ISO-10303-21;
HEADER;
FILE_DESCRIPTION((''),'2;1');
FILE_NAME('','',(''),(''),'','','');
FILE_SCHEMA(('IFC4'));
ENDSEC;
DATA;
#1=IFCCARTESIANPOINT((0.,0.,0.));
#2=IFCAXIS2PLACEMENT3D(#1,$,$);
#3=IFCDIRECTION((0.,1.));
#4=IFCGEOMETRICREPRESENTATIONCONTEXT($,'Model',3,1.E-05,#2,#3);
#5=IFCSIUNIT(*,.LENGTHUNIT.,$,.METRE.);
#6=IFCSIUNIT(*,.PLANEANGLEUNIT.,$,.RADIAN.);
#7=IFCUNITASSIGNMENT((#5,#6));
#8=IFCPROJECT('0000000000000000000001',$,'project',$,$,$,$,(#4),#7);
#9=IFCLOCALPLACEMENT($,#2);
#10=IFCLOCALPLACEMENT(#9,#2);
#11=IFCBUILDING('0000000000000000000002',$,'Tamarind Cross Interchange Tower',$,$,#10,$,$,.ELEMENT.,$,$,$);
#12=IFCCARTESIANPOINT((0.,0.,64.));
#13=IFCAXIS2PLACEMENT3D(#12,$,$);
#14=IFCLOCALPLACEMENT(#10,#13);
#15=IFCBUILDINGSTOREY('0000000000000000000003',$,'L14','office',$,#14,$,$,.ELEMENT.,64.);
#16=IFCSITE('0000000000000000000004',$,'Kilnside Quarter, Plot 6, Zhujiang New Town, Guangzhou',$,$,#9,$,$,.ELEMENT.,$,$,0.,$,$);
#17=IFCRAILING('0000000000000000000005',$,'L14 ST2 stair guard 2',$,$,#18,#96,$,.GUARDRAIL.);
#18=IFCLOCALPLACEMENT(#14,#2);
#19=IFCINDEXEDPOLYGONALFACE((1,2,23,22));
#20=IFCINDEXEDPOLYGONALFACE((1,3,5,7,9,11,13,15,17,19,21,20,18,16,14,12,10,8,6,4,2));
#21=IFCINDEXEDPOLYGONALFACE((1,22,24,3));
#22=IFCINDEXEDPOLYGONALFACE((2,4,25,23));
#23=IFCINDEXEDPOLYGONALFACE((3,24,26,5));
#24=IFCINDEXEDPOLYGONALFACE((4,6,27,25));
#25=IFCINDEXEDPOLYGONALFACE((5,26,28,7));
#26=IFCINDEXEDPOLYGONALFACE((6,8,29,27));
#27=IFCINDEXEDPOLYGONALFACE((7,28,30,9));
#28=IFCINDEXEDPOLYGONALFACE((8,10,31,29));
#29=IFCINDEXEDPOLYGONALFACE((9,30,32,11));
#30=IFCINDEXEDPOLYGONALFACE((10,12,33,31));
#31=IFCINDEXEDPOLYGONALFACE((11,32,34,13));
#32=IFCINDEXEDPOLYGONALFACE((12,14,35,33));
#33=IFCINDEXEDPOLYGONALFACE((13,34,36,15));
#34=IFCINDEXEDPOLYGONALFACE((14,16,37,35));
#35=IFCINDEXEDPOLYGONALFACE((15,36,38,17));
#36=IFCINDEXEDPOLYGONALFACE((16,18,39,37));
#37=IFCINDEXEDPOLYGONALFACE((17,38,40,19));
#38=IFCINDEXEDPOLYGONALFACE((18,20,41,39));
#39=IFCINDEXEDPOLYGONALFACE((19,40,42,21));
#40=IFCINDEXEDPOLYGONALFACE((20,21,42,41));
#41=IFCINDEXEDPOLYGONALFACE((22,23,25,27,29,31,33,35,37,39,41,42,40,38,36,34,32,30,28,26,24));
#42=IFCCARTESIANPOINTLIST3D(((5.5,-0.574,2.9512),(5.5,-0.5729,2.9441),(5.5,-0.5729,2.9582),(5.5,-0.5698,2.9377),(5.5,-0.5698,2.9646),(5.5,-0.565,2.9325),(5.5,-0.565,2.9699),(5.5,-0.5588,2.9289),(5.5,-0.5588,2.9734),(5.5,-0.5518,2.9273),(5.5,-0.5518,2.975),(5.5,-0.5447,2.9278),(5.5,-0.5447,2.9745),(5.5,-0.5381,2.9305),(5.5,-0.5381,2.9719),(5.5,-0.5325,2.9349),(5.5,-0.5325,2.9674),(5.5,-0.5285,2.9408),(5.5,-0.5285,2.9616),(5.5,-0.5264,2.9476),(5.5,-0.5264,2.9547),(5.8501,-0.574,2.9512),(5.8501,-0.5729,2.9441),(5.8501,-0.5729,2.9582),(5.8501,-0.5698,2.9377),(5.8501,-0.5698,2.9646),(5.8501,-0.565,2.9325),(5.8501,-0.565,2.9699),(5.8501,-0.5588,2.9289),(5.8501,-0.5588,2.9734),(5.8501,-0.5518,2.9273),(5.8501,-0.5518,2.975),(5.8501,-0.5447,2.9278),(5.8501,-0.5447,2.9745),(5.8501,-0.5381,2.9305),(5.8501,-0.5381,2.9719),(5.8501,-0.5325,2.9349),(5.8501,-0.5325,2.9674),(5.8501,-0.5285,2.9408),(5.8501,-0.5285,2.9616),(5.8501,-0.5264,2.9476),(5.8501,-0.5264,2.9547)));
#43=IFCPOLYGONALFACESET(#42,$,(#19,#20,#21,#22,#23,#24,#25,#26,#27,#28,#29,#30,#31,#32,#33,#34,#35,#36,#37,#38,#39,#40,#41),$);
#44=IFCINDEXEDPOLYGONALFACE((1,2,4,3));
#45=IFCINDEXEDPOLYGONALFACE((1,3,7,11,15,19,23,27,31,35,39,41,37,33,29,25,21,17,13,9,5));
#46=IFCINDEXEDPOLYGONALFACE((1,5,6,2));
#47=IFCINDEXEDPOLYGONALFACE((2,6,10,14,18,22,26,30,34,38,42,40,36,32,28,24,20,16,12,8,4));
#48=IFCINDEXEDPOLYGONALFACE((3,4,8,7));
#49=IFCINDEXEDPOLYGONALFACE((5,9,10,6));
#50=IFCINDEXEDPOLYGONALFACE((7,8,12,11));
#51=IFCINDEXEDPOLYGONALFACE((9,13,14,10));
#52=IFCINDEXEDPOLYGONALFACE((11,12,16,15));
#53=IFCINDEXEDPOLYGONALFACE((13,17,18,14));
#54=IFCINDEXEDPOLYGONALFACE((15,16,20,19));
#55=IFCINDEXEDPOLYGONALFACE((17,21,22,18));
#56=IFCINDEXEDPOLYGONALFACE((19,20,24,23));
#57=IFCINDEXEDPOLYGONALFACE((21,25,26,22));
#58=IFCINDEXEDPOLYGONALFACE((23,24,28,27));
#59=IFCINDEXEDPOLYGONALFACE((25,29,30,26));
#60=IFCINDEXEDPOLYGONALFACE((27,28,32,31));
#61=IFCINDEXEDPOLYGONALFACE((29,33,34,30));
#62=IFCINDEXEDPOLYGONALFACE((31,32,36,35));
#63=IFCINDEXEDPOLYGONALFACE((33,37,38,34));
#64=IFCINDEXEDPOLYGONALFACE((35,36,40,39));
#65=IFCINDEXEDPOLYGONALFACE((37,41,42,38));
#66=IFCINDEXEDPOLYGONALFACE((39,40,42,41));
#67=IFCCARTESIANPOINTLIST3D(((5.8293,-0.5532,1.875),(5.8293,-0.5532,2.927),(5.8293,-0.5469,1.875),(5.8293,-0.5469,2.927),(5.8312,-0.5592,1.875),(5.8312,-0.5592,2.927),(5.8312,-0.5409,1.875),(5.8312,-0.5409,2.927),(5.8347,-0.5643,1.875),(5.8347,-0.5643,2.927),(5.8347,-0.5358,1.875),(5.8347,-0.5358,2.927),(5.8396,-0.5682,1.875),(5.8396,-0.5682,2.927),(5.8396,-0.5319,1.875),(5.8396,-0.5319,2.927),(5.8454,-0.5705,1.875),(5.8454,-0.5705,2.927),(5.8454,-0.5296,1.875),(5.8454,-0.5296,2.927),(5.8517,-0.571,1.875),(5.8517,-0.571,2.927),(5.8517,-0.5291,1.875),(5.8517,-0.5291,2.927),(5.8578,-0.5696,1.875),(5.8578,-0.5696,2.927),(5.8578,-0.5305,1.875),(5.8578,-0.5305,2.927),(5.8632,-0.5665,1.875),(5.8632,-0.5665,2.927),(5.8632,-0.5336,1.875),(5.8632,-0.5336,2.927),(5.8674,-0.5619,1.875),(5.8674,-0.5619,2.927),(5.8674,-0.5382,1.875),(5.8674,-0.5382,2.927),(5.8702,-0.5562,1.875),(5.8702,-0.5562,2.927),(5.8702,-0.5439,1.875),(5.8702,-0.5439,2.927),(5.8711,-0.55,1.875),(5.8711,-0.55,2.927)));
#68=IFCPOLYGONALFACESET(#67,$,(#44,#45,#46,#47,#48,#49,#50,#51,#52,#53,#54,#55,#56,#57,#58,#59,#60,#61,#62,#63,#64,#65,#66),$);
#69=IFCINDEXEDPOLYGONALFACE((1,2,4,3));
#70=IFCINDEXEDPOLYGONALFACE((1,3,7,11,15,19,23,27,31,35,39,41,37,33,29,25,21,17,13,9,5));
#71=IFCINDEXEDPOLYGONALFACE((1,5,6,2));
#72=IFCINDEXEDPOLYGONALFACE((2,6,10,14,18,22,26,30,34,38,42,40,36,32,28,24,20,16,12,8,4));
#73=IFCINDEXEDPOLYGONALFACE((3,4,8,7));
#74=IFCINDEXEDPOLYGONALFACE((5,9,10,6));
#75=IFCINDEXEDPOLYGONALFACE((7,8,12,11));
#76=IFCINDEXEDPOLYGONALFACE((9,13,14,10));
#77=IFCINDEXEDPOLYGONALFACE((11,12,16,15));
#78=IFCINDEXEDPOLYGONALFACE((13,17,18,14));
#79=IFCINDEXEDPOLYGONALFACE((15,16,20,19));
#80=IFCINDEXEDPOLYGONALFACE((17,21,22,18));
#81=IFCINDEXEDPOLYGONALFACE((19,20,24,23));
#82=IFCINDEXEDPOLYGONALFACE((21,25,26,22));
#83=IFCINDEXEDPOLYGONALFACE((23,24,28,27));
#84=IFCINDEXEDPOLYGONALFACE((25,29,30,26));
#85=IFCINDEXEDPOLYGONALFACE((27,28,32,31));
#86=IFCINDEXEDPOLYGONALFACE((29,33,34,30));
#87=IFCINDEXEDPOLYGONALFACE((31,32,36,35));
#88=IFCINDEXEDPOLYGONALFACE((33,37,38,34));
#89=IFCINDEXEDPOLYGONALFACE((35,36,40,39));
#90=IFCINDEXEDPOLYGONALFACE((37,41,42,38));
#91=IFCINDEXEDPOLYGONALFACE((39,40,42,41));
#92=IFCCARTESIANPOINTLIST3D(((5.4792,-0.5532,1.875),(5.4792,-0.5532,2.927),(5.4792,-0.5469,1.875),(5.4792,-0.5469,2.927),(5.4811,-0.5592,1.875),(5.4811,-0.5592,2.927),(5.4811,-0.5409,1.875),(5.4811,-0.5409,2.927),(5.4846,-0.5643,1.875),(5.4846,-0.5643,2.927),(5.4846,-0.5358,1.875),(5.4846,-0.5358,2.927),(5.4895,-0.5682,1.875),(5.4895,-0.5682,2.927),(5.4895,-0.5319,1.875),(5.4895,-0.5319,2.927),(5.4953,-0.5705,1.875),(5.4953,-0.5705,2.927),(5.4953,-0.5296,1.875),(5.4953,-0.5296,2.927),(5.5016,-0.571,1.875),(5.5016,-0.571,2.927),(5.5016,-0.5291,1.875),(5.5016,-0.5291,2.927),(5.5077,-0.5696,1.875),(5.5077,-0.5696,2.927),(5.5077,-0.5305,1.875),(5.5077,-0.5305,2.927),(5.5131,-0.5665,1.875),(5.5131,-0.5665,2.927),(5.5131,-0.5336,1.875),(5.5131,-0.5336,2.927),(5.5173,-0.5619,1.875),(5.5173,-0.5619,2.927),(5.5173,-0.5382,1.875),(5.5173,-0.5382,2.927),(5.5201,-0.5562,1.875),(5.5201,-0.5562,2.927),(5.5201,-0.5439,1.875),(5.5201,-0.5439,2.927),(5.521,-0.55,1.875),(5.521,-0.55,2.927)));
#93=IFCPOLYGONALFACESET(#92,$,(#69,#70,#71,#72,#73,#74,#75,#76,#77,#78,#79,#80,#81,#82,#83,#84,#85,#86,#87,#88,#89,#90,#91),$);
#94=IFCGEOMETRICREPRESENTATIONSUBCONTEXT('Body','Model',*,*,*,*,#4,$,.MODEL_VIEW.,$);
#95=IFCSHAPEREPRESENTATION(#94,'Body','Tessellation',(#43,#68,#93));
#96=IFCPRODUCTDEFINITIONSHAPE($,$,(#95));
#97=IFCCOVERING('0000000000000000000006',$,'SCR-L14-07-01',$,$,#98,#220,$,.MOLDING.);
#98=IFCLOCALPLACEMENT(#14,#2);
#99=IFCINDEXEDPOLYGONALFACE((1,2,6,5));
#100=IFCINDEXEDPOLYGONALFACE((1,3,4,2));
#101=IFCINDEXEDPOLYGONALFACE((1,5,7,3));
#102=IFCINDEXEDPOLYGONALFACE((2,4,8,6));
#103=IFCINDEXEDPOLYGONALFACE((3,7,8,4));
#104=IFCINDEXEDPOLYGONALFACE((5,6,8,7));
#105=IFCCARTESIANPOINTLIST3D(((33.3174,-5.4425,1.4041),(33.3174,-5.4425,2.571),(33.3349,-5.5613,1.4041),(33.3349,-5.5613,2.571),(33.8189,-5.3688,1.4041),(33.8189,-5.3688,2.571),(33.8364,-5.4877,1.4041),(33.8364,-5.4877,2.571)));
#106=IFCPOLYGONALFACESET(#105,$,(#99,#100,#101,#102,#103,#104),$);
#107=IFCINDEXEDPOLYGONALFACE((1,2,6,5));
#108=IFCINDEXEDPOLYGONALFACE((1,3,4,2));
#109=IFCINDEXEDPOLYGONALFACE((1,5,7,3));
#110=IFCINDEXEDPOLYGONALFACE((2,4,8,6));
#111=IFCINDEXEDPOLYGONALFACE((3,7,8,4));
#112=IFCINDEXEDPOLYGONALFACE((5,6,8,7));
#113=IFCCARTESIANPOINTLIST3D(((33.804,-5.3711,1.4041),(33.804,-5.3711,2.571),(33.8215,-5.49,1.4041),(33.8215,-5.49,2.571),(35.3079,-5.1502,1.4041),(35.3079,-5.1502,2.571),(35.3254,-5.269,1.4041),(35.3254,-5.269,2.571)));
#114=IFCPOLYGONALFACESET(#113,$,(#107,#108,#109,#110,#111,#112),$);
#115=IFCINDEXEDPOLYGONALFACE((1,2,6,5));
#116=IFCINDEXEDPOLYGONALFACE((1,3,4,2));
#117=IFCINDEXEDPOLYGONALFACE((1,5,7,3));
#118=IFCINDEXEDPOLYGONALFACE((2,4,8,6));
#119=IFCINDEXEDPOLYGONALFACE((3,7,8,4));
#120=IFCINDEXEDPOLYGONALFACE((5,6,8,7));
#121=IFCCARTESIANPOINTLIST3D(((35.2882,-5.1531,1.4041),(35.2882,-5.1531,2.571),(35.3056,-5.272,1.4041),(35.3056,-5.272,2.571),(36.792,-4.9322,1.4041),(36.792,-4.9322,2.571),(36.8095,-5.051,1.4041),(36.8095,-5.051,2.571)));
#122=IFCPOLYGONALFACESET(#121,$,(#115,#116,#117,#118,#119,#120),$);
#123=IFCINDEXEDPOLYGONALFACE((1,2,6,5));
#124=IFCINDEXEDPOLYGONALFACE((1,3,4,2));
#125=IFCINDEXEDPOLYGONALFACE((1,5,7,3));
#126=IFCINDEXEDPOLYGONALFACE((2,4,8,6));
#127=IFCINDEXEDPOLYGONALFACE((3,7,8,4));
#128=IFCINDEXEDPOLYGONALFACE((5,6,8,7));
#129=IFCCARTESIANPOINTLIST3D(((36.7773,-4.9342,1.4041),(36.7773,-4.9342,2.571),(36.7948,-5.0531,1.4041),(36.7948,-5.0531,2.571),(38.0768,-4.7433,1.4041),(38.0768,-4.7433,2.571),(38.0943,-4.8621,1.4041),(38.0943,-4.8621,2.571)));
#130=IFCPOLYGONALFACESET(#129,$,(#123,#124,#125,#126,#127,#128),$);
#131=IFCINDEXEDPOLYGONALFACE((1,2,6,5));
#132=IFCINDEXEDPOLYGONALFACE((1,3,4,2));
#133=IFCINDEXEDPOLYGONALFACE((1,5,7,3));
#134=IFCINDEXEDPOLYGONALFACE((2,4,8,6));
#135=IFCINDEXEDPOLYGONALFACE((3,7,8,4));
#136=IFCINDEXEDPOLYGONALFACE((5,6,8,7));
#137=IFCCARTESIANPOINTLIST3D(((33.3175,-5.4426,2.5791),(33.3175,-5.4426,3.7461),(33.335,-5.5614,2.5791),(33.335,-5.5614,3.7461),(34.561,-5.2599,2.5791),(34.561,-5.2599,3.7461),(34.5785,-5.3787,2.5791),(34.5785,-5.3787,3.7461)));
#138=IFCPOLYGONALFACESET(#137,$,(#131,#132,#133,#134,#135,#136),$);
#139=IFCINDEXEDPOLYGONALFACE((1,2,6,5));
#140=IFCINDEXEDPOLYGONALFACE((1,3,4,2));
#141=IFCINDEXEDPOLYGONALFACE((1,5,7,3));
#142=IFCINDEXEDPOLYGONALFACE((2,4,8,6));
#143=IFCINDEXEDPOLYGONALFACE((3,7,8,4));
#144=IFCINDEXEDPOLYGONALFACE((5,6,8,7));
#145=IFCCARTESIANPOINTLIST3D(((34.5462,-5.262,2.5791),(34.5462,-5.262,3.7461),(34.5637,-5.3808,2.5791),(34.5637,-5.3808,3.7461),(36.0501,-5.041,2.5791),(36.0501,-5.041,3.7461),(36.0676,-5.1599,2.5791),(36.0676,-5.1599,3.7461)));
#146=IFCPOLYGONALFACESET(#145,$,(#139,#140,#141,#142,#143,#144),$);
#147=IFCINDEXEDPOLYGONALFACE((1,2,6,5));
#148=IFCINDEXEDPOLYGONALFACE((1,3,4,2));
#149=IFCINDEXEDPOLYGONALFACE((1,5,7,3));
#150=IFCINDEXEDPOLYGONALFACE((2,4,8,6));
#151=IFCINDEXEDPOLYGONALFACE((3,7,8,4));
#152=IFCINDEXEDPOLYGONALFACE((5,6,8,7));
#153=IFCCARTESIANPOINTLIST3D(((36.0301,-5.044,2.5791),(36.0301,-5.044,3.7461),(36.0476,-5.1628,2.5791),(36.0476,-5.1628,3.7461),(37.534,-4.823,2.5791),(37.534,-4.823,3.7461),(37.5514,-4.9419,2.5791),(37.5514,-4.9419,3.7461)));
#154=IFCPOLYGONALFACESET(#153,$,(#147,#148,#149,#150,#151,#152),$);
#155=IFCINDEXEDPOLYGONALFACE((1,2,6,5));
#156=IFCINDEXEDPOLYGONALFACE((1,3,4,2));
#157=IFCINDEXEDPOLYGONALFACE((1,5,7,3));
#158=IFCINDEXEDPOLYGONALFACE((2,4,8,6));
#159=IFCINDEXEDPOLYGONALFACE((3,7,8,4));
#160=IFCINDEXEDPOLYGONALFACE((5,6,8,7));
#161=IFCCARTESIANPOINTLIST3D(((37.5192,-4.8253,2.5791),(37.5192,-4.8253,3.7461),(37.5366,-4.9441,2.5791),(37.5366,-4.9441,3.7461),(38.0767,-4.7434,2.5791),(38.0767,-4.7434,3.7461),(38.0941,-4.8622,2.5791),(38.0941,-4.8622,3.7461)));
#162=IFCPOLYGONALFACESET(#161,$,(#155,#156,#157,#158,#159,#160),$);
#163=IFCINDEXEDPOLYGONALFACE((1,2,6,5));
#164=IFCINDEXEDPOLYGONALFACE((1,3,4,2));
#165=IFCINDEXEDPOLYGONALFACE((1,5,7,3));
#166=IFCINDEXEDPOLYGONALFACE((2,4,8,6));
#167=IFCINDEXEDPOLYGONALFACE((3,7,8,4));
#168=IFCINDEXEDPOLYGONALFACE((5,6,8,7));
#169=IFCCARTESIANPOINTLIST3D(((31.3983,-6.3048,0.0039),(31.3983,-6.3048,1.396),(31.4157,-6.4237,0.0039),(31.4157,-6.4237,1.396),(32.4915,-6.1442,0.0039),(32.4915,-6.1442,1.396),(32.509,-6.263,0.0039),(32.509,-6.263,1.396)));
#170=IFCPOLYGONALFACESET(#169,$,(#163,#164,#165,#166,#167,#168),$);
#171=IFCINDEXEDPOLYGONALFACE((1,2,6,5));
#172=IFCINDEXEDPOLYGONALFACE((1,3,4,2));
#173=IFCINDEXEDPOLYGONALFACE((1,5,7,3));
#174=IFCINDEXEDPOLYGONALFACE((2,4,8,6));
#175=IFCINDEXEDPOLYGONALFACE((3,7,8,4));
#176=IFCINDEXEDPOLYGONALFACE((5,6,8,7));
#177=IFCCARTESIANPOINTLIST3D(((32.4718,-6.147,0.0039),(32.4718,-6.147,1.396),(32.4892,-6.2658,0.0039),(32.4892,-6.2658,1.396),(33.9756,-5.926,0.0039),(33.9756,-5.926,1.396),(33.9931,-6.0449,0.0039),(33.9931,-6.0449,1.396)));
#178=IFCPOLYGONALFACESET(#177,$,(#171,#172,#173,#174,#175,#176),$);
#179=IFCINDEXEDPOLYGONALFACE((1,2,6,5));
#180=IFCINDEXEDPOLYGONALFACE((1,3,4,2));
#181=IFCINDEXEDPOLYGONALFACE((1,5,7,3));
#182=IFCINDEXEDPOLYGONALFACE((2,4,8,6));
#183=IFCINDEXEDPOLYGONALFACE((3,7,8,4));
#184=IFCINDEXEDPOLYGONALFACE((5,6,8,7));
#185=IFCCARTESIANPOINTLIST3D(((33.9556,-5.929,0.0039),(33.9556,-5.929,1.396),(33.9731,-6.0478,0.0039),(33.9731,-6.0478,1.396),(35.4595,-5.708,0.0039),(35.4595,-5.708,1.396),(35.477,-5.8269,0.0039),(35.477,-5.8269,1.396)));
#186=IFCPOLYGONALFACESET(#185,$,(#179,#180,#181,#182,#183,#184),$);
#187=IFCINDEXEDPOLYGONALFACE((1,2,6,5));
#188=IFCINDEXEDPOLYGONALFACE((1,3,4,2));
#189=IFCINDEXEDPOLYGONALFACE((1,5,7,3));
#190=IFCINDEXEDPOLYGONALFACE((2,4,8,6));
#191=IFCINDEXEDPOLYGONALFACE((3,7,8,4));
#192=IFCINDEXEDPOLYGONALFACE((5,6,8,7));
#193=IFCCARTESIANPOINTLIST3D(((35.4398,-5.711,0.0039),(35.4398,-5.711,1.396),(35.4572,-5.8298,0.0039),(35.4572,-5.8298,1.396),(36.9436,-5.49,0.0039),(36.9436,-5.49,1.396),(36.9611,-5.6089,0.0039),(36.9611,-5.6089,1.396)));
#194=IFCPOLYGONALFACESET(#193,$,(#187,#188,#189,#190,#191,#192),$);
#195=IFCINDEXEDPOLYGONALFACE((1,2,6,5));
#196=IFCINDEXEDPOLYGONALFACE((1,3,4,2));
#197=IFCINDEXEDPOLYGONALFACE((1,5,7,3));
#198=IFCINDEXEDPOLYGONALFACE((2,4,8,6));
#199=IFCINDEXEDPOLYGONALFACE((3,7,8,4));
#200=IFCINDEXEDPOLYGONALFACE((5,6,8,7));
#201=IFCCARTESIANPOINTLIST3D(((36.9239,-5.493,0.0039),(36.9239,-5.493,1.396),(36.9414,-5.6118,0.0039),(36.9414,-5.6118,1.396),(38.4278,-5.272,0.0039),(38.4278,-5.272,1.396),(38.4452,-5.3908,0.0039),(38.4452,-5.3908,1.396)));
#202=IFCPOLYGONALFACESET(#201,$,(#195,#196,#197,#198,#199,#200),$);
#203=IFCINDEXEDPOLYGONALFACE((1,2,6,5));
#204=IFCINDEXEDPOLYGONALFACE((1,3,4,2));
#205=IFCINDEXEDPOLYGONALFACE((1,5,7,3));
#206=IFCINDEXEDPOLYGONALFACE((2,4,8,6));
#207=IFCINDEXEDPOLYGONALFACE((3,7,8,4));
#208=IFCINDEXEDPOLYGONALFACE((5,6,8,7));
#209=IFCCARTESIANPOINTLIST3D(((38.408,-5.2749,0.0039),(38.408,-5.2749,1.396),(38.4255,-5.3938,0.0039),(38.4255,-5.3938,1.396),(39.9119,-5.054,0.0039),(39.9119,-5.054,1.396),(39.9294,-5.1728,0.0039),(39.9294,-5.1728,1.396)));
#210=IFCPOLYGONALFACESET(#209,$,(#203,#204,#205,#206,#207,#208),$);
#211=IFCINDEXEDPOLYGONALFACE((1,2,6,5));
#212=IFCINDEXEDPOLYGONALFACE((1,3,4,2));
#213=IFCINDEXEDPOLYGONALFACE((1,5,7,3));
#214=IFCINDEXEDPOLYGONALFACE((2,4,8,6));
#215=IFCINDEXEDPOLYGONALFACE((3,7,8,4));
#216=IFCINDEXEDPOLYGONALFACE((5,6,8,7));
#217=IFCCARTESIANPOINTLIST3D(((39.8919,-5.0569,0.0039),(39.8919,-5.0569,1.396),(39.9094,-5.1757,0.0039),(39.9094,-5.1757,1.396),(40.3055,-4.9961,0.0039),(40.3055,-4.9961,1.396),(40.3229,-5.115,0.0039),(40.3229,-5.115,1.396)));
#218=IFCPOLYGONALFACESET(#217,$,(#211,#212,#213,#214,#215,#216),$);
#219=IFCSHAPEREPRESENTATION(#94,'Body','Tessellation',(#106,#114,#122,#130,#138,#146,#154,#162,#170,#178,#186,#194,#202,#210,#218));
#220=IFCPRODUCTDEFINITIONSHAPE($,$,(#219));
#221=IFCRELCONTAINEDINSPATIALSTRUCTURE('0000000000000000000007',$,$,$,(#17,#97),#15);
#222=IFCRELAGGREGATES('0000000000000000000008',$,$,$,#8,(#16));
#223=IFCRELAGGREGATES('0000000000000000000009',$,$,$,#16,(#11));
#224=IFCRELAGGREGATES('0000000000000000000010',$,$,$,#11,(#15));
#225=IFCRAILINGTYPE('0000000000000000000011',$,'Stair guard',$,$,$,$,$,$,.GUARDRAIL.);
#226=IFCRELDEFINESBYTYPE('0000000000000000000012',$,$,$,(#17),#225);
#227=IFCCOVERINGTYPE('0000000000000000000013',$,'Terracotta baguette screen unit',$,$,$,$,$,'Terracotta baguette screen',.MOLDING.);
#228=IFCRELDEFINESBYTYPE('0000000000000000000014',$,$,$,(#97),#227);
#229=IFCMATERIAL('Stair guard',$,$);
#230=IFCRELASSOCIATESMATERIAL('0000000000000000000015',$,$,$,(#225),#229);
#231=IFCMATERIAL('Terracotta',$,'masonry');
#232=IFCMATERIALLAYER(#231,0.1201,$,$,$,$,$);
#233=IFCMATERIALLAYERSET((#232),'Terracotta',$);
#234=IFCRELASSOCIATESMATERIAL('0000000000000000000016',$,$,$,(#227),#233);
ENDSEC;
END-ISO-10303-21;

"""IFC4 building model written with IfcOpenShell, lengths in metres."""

from ifc_helpers import new_model, si_unit, direction, frame, origin, origin_2d, place, context, subcontext, project, spatial, rectangle, circle, extrude, material, layer, layer_set, type_object, element, save


model = new_model("IFC4")

# Units and contexts
model_context = context("Model", 3, precision=1e-05, world=origin(), true_north=direction((0.0, 1.0)))
body_context = subcontext(model_context, "Body", "Model", "MODEL_VIEW")
ifc_project = project(units=[si_unit("LENGTHUNIT", "METRE"), si_unit("PLANEANGLEUNIT", "RADIAN")], contexts=[model_context])

# Site, building, storey
site_placement = place(None, origin())
site = spatial("IfcSite", under=ifc_project, at=site_placement, Name="Kilnside Quarter, Plot 6, Zhujiang New Town, Guangzhou", CompositionType="ELEMENT", RefElevation=0.0)
building_placement = place(site_placement, origin())
building = spatial("IfcBuilding", under=site, at=building_placement, Name="Tamarind Cross Interchange Tower", CompositionType="ELEMENT")
storey_placement = place(building_placement, frame((0.0, 0.0, 64.0)))
storey = spatial("IfcBuildingStorey", under=building, at=storey_placement, Name="L14", Description="office", CompositionType="ELEMENT", Elevation=64.0)

# Railing
ifc_material_1 = material(Name="Stair guard")
railing_type = type_object("IfcRailingType", Name="Stair guard", PredefinedType="GUARDRAIL", material=ifc_material_1)
railing_placement = place(storey_placement, frame((5.8501, -0.55, 1.875)))
element("IfcRailing", 1, at=railing_placement, inside=storey, type_object=railing_type, Name="L14 ST2 stair guard 2", PredefinedType="GUARDRAIL", context=body_context, shape_type="SweptSolid", body=[
    extrude(circle(Radius=0.0239, at=origin_2d()), frame((0.0, 0.0, 1.0762), z_axis=(-1.0, 0.0, 0.0), x_axis=(0.0, -1.0, 0.0)), (0.0, 0.0, 1.0), 0.3501),
    extrude(circle(Radius=0.021, at=origin_2d()), origin(), (0.0, 0.0, 1.0), 1.052),
    extrude(circle(Radius=0.021, at=origin_2d()), frame((-0.3501, 0.0, 0.0)), (0.0, 0.0, 1.0), 1.052),
])

# Covering
ifc_material_2 = material(Name="Terracotta", Category="masonry")
ifc_layer_1 = layer(ifc_material_2, 0.1201)
ifc_layer_set_1 = layer_set([ifc_layer_1], Name="Terracotta")
covering_type = type_object("IfcCoveringType", Name="Terracotta baguette screen unit", ElementType="Terracotta baguette screen", PredefinedType="MOLDING", material=ifc_layer_set_1)
covering_1_placement = place(storey_placement, origin())
element("IfcCovering", 2, at=covering_1_placement, inside=storey, type_object=covering_type, Name="SCR-L14-07-01", PredefinedType="MOLDING", context=body_context, shape_type="SweptSolid", body=[
    extrude(rectangle(XDim=0.5068, YDim=0.1201, at=origin_2d()), frame((33.5769, -5.4651, 1.4041), z_axis=(0.0, 0.0, 1.0), x_axis=(0.989378, 0.145365, 0.0)), (0.0, 0.0, 1.0), 1.167),
    extrude(rectangle(XDim=1.52, YDim=0.1201, at=origin_2d()), frame((34.5647, -5.3201, 1.4041), z_axis=(0.0, 0.0, 1.0), x_axis=(0.989378, 0.145365, 0.0)), (0.0, 0.0, 1.0), 1.167),
    extrude(rectangle(XDim=1.52, YDim=0.1201, at=origin_2d()), frame((36.0488, -5.1021, 1.4041), z_axis=(0.0, 0.0, 1.0), x_axis=(0.989378, 0.145365, 0.0)), (0.0, 0.0, 1.0), 1.167),
    extrude(rectangle(XDim=1.3135, YDim=0.1201, at=origin_2d()), frame((37.4358, -4.8982, 1.4041), z_axis=(0.0, 0.0, 1.0), x_axis=(0.989378, 0.145365, 0.0)), (0.0, 0.0, 1.0), 1.167),
    extrude(rectangle(XDim=1.2568, YDim=0.1201, at=origin_2d()), frame((33.948, -5.4106, 2.5791), z_axis=(0.0, 0.0, 1.0), x_axis=(0.989378, 0.145365, 0.0)), (0.0, 0.0, 1.0), 1.167),
    extrude(rectangle(XDim=1.52, YDim=0.1201, at=origin_2d()), frame((35.3069, -5.2109, 2.5791), z_axis=(0.0, 0.0, 1.0), x_axis=(0.989378, 0.145365, 0.0)), (0.0, 0.0, 1.0), 1.167),
    extrude(rectangle(XDim=1.52, YDim=0.1201, at=origin_2d()), frame((36.7908, -4.9929, 2.5791), z_axis=(0.0, 0.0, 1.0), x_axis=(0.989378, 0.145365, 0.0)), (0.0, 0.0, 1.0), 1.167),
    extrude(rectangle(XDim=0.5635, YDim=0.1201, at=origin_2d()), frame((37.8066, -4.8438, 2.5791), z_axis=(0.0, 0.0, 1.0), x_axis=(0.989378, 0.145365, 0.0)), (0.0, 0.0, 1.0), 1.167),
    extrude(rectangle(XDim=1.105, YDim=0.1201, at=origin_2d()), frame((31.9536, -6.2839, 0.0039), z_axis=(0.0, 0.0, 1.0), x_axis=(0.989378, 0.145365, 0.0)), (0.0, 0.0, 1.0), 1.3921),
    extrude(rectangle(XDim=1.52, YDim=0.1201, at=origin_2d()), frame((33.2324, -6.0959, 0.0039), z_axis=(0.0, 0.0, 1.0), x_axis=(0.989378, 0.145365, 0.0)), (0.0, 0.0, 1.0), 1.3921),
    extrude(rectangle(XDim=1.52, YDim=0.1201, at=origin_2d()), frame((34.7163, -5.8779, 0.0039), z_axis=(0.0, 0.0, 1.0), x_axis=(0.989378, 0.145365, 0.0)), (0.0, 0.0, 1.0), 1.3921),
    extrude(rectangle(XDim=1.52, YDim=0.1201, at=origin_2d()), frame((36.2004, -5.6599, 0.0039), z_axis=(0.0, 0.0, 1.0), x_axis=(0.989378, 0.145365, 0.0)), (0.0, 0.0, 1.0), 1.3921),
    extrude(rectangle(XDim=1.52, YDim=0.1201, at=origin_2d()), frame((37.6846, -5.4419, 0.0039), z_axis=(0.0, 0.0, 1.0), x_axis=(0.989378, 0.145365, 0.0)), (0.0, 0.0, 1.0), 1.3921),
    extrude(rectangle(XDim=1.52, YDim=0.1201, at=origin_2d()), frame((39.1687, -5.2239, 0.0039), z_axis=(0.0, 0.0, 1.0), x_axis=(0.989378, 0.145365, 0.0)), (0.0, 0.0, 1.0), 1.3921),
    extrude(rectangle(XDim=0.418, YDim=0.1201, at=origin_2d()), frame((40.1074, -5.0859, 0.0039), z_axis=(0.0, 0.0, 1.0), x_axis=(0.989378, 0.145365, 0.0)), (0.0, 0.0, 1.0), 1.3921),
])

save(model, "model.ifc")
